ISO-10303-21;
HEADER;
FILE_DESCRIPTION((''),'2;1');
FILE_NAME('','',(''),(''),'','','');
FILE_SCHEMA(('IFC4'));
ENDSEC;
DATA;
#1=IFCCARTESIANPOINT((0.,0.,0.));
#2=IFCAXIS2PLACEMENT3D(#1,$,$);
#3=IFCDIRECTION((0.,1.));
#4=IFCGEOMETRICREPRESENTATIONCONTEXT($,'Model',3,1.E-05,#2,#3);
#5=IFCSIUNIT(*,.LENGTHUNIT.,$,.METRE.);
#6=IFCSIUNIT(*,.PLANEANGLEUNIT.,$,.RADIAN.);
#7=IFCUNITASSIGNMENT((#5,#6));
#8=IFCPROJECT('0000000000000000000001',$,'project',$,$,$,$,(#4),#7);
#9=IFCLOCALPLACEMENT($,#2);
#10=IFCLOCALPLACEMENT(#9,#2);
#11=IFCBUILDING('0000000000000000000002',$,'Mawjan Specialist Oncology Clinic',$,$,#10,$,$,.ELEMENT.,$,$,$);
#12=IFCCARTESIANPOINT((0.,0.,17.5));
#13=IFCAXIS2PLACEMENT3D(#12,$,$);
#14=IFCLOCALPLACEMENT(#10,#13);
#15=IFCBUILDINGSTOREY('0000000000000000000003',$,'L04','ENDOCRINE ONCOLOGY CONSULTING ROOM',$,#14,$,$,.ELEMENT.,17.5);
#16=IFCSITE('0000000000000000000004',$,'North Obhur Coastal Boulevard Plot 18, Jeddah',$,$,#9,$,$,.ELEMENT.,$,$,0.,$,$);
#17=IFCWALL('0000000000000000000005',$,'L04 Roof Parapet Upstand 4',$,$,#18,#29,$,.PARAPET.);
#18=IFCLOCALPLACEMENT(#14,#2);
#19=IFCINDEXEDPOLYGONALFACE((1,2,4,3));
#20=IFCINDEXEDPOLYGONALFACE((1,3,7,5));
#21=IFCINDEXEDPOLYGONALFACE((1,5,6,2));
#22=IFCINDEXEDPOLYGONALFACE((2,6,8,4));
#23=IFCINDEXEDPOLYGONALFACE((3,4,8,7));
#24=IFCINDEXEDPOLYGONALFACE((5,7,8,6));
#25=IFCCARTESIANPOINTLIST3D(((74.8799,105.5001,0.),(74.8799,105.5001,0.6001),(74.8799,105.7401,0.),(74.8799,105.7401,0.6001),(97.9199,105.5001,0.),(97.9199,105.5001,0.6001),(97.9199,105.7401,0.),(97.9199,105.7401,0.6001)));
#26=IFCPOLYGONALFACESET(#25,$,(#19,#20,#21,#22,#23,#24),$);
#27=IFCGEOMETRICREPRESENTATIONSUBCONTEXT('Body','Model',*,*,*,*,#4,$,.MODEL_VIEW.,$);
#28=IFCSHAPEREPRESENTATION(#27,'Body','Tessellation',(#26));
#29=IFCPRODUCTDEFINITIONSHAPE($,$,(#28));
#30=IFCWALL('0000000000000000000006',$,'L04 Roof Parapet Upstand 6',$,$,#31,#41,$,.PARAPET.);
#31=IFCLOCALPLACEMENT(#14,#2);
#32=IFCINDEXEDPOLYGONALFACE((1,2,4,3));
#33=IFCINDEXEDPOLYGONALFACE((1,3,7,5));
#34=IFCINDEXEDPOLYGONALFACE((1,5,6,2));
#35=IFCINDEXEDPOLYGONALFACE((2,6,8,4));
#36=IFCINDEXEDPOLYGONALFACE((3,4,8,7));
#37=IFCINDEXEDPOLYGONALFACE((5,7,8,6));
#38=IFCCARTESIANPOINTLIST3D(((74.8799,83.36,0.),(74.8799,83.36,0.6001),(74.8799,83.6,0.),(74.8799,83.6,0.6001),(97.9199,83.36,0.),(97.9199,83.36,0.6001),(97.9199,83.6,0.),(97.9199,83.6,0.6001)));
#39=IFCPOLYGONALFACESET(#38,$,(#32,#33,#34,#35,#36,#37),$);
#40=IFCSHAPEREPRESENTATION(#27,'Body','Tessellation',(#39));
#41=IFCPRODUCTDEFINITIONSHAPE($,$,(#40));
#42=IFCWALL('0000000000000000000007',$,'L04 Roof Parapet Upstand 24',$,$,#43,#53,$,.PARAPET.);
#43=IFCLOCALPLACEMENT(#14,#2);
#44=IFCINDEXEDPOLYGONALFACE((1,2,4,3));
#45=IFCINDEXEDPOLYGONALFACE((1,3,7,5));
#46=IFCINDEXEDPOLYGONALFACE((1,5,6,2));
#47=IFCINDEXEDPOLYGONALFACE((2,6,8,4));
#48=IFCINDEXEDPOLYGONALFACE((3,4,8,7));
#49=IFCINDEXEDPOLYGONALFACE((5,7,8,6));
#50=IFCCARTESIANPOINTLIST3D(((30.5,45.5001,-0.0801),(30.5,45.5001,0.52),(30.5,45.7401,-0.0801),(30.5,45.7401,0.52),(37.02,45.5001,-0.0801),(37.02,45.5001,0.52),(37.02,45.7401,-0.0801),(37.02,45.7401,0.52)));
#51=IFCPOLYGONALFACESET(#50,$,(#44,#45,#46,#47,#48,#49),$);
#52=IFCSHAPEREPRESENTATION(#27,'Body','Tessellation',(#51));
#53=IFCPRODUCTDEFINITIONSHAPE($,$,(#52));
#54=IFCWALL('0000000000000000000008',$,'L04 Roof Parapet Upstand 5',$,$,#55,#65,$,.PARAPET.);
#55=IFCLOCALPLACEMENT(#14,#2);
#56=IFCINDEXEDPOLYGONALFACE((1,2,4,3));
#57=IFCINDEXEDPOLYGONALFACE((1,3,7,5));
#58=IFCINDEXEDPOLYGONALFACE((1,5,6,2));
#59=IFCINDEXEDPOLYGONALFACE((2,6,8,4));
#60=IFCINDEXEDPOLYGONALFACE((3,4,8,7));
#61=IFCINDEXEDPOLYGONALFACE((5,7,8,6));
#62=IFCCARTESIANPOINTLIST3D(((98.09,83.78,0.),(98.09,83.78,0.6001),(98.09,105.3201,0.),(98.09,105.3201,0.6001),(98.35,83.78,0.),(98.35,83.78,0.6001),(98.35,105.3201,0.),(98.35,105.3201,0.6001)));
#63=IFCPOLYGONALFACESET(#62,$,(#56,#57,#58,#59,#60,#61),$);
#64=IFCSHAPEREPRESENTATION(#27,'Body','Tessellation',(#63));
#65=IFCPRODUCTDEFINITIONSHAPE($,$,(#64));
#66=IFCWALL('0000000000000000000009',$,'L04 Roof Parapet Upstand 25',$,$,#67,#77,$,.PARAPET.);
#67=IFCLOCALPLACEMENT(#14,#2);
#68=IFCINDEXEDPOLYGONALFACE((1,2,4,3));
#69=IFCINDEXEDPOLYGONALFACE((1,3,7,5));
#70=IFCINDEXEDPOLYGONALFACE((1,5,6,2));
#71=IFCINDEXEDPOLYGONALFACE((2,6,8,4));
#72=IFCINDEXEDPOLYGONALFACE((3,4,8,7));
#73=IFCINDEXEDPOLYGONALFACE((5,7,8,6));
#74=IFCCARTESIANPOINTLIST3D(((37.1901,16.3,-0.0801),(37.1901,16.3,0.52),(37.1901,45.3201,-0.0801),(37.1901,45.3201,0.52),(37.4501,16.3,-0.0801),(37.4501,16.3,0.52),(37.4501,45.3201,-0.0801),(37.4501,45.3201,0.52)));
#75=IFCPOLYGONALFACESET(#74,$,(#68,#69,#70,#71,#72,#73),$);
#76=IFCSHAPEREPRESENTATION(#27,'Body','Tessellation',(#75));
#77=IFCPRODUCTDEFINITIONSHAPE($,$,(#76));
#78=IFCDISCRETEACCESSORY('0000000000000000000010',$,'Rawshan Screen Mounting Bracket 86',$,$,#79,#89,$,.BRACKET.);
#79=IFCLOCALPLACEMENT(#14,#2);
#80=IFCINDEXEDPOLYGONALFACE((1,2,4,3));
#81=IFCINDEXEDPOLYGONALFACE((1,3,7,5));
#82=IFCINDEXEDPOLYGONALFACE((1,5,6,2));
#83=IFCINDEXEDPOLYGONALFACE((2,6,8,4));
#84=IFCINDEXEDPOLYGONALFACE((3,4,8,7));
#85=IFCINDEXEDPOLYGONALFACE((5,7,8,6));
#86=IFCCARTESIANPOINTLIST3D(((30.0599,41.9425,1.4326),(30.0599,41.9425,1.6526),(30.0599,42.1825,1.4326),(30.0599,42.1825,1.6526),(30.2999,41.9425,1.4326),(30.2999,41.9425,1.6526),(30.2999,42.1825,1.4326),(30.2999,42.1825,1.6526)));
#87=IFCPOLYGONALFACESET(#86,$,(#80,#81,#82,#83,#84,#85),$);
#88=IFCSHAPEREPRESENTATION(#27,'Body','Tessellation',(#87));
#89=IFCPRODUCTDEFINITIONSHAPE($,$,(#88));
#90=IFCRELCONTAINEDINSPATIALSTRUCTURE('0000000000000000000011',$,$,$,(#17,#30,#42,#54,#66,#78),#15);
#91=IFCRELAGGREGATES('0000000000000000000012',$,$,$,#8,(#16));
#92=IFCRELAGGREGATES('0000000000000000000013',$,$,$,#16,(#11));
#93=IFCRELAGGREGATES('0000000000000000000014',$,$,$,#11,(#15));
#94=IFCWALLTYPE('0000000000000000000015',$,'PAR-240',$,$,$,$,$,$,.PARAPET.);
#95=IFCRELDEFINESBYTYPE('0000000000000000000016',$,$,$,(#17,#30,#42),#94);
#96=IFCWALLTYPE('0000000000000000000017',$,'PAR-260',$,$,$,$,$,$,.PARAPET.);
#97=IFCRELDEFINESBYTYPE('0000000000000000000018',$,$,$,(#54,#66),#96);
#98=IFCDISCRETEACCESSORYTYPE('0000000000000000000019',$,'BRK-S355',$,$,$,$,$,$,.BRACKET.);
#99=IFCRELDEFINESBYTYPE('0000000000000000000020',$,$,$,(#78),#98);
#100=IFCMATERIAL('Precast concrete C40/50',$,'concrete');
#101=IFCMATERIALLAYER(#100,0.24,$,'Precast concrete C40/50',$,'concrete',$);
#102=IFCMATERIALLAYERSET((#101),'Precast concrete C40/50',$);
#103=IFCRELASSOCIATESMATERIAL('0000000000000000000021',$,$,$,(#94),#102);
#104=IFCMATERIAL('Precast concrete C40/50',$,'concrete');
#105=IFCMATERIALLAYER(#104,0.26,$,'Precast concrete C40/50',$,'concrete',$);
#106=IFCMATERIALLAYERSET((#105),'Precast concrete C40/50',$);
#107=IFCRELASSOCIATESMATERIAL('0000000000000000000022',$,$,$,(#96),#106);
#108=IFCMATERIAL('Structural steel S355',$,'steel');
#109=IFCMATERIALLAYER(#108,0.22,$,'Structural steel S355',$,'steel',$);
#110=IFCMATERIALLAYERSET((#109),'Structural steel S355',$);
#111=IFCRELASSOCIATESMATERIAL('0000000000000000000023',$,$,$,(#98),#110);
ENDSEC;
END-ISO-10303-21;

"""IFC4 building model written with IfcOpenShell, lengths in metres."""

from ifc_helpers import new_model, si_unit, direction, frame, frame_2d, origin, origin_2d, place, context, subcontext, project, spatial, rectangle, extrude, material, layer, layer_set, type_object, element, save


model = new_model("IFC4")

# Units and contexts
model_context = context("Model", 3, precision=1e-05, world=origin(), true_north=direction((0.0, 1.0)))
body_context = subcontext(model_context, "Body", "Model", "MODEL_VIEW")
ifc_project = project(units=[si_unit("LENGTHUNIT", "METRE"), si_unit("PLANEANGLEUNIT", "RADIAN")], contexts=[model_context])

# Site, building, storey
site_placement = place(None, origin())
site = spatial("IfcSite", under=ifc_project, at=site_placement, Name="North Obhur Coastal Boulevard Plot 18, Jeddah", CompositionType="ELEMENT", RefElevation=0.0)
building_placement = place(site_placement, origin())
building = spatial("IfcBuilding", under=site, at=building_placement, Name="Mawjan Specialist Oncology Clinic", CompositionType="ELEMENT")
storey_placement = place(building_placement, frame((0.0, 0.0, 17.5)))
storey = spatial("IfcBuildingStorey", under=building, at=storey_placement, Name="L04", Description="ENDOCRINE ONCOLOGY CONSULTING ROOM", CompositionType="ELEMENT", Elevation=17.5)

# Walls
ifc_material_1 = material(Name="Precast concrete C40/50", Category="concrete")
ifc_layer_1 = layer(ifc_material_1, 0.24, Name="Precast concrete C40/50", Category="concrete")
ifc_layer_set_1 = layer_set([ifc_layer_1], Name="Precast concrete C40/50")
wall_type_1 = type_object("IfcWallType", Name="PAR-240", PredefinedType="PARAPET", material=ifc_layer_set_1)
for number, where, z_axis, x_axis, name in (
    (1, (74.8799, 105.6201, 0.0), (0.0, 0.0, 1.0), (1.0, 0.0, 0.0), "L04 Roof Parapet Upstand 4"),
    (2, (97.9199, 83.48, 0.0), (0.0, 0.0, 1.0), (-1.0, 0.0, 0.0), "L04 Roof Parapet Upstand 6"),
):
    element("IfcWall", number, at=place(storey_placement, frame(where, z_axis=z_axis, x_axis=x_axis)), inside=storey, type_object=wall_type_1, Name=name, PredefinedType="PARAPET", context=body_context, shape_type="SweptSolid", body=[
        extrude(rectangle(XDim=23.04, YDim=0.24, at=frame_2d((11.52, 0.0))), origin(), (0.0, 0.0, 1.0), 0.6001),
    ])
wall_1_placement = place(storey_placement, frame((30.5, 45.6201, -0.0801), z_axis=(0.0, 0.0, 1.0), x_axis=(1.0, 0.0, 0.0)))
element("IfcWall", 3, at=wall_1_placement, inside=storey, type_object=wall_type_1, Name="L04 Roof Parapet Upstand 24", PredefinedType="PARAPET", context=body_context, shape_type="SweptSolid", body=[
    extrude(rectangle(XDim=6.52, YDim=0.24, at=frame_2d((3.26, 0.0))), origin(), (0.0, 0.0, 1.0), 0.6001),
])
ifc_material_2 = material(Name="Precast concrete C40/50", Category="concrete")
ifc_layer_2 = layer(ifc_material_2, 0.26, Name="Precast concrete C40/50", Category="concrete")
ifc_layer_set_2 = layer_set([ifc_layer_2], Name="Precast concrete C40/50")
wall_type_2 = type_object("IfcWallType", Name="PAR-260", PredefinedType="PARAPET", material=ifc_layer_set_2)
wall_2_placement = place(storey_placement, frame((98.22, 105.3201, 0.0), z_axis=(0.0, 0.0, 1.0), x_axis=(0.0, -1.0, 0.0)))
element("IfcWall", 4, at=wall_2_placement, inside=storey, type_object=wall_type_2, Name="L04 Roof Parapet Upstand 5", PredefinedType="PARAPET", context=body_context, shape_type="SweptSolid", body=[
    extrude(rectangle(XDim=21.54, YDim=0.26, at=frame_2d((10.77, 0.0))), origin(), (0.0, 0.0, 1.0), 0.6001),
])
wall_3_placement = place(storey_placement, frame((37.3201, 45.3201, -0.0801), z_axis=(0.0, 0.0, 1.0), x_axis=(0.0, -1.0, 0.0)))
element("IfcWall", 5, at=wall_3_placement, inside=storey, type_object=wall_type_2, Name="L04 Roof Parapet Upstand 25", PredefinedType="PARAPET", context=body_context, shape_type="SweptSolid", body=[
    extrude(rectangle(XDim=29.02, YDim=0.26, at=frame_2d((14.51, 0.0))), origin(), (0.0, 0.0, 1.0), 0.6001),
])

# Discrete accessory
ifc_material_3 = material(Name="Structural steel S355", Category="steel")
ifc_layer_3 = layer(ifc_material_3, 0.22, Name="Structural steel S355", Category="steel")
ifc_layer_set_3 = layer_set([ifc_layer_3], Name="Structural steel S355")
discrete_accessory_type = type_object("IfcDiscreteAccessoryType", Name="BRK-S355", PredefinedType="BRACKET", material=ifc_layer_set_3)
discrete_accessory_placement = place(storey_placement, frame((30.1799, 42.0625, 1.4326), z_axis=(0.0, 0.0, 1.0), x_axis=(0.0, -1.0, 0.0)))
element("IfcDiscreteAccessory", 6, at=discrete_accessory_placement, inside=storey, type_object=discrete_accessory_type, Name="Rawshan Screen Mounting Bracket 86", PredefinedType="BRACKET", context=body_context, shape_type="SweptSolid", body=[
    extrude(rectangle(XDim=0.24, YDim=0.24, at=origin_2d()), origin(), (0.0, 0.0, 1.0), 0.22),
])

save(model, "model.ifc")
